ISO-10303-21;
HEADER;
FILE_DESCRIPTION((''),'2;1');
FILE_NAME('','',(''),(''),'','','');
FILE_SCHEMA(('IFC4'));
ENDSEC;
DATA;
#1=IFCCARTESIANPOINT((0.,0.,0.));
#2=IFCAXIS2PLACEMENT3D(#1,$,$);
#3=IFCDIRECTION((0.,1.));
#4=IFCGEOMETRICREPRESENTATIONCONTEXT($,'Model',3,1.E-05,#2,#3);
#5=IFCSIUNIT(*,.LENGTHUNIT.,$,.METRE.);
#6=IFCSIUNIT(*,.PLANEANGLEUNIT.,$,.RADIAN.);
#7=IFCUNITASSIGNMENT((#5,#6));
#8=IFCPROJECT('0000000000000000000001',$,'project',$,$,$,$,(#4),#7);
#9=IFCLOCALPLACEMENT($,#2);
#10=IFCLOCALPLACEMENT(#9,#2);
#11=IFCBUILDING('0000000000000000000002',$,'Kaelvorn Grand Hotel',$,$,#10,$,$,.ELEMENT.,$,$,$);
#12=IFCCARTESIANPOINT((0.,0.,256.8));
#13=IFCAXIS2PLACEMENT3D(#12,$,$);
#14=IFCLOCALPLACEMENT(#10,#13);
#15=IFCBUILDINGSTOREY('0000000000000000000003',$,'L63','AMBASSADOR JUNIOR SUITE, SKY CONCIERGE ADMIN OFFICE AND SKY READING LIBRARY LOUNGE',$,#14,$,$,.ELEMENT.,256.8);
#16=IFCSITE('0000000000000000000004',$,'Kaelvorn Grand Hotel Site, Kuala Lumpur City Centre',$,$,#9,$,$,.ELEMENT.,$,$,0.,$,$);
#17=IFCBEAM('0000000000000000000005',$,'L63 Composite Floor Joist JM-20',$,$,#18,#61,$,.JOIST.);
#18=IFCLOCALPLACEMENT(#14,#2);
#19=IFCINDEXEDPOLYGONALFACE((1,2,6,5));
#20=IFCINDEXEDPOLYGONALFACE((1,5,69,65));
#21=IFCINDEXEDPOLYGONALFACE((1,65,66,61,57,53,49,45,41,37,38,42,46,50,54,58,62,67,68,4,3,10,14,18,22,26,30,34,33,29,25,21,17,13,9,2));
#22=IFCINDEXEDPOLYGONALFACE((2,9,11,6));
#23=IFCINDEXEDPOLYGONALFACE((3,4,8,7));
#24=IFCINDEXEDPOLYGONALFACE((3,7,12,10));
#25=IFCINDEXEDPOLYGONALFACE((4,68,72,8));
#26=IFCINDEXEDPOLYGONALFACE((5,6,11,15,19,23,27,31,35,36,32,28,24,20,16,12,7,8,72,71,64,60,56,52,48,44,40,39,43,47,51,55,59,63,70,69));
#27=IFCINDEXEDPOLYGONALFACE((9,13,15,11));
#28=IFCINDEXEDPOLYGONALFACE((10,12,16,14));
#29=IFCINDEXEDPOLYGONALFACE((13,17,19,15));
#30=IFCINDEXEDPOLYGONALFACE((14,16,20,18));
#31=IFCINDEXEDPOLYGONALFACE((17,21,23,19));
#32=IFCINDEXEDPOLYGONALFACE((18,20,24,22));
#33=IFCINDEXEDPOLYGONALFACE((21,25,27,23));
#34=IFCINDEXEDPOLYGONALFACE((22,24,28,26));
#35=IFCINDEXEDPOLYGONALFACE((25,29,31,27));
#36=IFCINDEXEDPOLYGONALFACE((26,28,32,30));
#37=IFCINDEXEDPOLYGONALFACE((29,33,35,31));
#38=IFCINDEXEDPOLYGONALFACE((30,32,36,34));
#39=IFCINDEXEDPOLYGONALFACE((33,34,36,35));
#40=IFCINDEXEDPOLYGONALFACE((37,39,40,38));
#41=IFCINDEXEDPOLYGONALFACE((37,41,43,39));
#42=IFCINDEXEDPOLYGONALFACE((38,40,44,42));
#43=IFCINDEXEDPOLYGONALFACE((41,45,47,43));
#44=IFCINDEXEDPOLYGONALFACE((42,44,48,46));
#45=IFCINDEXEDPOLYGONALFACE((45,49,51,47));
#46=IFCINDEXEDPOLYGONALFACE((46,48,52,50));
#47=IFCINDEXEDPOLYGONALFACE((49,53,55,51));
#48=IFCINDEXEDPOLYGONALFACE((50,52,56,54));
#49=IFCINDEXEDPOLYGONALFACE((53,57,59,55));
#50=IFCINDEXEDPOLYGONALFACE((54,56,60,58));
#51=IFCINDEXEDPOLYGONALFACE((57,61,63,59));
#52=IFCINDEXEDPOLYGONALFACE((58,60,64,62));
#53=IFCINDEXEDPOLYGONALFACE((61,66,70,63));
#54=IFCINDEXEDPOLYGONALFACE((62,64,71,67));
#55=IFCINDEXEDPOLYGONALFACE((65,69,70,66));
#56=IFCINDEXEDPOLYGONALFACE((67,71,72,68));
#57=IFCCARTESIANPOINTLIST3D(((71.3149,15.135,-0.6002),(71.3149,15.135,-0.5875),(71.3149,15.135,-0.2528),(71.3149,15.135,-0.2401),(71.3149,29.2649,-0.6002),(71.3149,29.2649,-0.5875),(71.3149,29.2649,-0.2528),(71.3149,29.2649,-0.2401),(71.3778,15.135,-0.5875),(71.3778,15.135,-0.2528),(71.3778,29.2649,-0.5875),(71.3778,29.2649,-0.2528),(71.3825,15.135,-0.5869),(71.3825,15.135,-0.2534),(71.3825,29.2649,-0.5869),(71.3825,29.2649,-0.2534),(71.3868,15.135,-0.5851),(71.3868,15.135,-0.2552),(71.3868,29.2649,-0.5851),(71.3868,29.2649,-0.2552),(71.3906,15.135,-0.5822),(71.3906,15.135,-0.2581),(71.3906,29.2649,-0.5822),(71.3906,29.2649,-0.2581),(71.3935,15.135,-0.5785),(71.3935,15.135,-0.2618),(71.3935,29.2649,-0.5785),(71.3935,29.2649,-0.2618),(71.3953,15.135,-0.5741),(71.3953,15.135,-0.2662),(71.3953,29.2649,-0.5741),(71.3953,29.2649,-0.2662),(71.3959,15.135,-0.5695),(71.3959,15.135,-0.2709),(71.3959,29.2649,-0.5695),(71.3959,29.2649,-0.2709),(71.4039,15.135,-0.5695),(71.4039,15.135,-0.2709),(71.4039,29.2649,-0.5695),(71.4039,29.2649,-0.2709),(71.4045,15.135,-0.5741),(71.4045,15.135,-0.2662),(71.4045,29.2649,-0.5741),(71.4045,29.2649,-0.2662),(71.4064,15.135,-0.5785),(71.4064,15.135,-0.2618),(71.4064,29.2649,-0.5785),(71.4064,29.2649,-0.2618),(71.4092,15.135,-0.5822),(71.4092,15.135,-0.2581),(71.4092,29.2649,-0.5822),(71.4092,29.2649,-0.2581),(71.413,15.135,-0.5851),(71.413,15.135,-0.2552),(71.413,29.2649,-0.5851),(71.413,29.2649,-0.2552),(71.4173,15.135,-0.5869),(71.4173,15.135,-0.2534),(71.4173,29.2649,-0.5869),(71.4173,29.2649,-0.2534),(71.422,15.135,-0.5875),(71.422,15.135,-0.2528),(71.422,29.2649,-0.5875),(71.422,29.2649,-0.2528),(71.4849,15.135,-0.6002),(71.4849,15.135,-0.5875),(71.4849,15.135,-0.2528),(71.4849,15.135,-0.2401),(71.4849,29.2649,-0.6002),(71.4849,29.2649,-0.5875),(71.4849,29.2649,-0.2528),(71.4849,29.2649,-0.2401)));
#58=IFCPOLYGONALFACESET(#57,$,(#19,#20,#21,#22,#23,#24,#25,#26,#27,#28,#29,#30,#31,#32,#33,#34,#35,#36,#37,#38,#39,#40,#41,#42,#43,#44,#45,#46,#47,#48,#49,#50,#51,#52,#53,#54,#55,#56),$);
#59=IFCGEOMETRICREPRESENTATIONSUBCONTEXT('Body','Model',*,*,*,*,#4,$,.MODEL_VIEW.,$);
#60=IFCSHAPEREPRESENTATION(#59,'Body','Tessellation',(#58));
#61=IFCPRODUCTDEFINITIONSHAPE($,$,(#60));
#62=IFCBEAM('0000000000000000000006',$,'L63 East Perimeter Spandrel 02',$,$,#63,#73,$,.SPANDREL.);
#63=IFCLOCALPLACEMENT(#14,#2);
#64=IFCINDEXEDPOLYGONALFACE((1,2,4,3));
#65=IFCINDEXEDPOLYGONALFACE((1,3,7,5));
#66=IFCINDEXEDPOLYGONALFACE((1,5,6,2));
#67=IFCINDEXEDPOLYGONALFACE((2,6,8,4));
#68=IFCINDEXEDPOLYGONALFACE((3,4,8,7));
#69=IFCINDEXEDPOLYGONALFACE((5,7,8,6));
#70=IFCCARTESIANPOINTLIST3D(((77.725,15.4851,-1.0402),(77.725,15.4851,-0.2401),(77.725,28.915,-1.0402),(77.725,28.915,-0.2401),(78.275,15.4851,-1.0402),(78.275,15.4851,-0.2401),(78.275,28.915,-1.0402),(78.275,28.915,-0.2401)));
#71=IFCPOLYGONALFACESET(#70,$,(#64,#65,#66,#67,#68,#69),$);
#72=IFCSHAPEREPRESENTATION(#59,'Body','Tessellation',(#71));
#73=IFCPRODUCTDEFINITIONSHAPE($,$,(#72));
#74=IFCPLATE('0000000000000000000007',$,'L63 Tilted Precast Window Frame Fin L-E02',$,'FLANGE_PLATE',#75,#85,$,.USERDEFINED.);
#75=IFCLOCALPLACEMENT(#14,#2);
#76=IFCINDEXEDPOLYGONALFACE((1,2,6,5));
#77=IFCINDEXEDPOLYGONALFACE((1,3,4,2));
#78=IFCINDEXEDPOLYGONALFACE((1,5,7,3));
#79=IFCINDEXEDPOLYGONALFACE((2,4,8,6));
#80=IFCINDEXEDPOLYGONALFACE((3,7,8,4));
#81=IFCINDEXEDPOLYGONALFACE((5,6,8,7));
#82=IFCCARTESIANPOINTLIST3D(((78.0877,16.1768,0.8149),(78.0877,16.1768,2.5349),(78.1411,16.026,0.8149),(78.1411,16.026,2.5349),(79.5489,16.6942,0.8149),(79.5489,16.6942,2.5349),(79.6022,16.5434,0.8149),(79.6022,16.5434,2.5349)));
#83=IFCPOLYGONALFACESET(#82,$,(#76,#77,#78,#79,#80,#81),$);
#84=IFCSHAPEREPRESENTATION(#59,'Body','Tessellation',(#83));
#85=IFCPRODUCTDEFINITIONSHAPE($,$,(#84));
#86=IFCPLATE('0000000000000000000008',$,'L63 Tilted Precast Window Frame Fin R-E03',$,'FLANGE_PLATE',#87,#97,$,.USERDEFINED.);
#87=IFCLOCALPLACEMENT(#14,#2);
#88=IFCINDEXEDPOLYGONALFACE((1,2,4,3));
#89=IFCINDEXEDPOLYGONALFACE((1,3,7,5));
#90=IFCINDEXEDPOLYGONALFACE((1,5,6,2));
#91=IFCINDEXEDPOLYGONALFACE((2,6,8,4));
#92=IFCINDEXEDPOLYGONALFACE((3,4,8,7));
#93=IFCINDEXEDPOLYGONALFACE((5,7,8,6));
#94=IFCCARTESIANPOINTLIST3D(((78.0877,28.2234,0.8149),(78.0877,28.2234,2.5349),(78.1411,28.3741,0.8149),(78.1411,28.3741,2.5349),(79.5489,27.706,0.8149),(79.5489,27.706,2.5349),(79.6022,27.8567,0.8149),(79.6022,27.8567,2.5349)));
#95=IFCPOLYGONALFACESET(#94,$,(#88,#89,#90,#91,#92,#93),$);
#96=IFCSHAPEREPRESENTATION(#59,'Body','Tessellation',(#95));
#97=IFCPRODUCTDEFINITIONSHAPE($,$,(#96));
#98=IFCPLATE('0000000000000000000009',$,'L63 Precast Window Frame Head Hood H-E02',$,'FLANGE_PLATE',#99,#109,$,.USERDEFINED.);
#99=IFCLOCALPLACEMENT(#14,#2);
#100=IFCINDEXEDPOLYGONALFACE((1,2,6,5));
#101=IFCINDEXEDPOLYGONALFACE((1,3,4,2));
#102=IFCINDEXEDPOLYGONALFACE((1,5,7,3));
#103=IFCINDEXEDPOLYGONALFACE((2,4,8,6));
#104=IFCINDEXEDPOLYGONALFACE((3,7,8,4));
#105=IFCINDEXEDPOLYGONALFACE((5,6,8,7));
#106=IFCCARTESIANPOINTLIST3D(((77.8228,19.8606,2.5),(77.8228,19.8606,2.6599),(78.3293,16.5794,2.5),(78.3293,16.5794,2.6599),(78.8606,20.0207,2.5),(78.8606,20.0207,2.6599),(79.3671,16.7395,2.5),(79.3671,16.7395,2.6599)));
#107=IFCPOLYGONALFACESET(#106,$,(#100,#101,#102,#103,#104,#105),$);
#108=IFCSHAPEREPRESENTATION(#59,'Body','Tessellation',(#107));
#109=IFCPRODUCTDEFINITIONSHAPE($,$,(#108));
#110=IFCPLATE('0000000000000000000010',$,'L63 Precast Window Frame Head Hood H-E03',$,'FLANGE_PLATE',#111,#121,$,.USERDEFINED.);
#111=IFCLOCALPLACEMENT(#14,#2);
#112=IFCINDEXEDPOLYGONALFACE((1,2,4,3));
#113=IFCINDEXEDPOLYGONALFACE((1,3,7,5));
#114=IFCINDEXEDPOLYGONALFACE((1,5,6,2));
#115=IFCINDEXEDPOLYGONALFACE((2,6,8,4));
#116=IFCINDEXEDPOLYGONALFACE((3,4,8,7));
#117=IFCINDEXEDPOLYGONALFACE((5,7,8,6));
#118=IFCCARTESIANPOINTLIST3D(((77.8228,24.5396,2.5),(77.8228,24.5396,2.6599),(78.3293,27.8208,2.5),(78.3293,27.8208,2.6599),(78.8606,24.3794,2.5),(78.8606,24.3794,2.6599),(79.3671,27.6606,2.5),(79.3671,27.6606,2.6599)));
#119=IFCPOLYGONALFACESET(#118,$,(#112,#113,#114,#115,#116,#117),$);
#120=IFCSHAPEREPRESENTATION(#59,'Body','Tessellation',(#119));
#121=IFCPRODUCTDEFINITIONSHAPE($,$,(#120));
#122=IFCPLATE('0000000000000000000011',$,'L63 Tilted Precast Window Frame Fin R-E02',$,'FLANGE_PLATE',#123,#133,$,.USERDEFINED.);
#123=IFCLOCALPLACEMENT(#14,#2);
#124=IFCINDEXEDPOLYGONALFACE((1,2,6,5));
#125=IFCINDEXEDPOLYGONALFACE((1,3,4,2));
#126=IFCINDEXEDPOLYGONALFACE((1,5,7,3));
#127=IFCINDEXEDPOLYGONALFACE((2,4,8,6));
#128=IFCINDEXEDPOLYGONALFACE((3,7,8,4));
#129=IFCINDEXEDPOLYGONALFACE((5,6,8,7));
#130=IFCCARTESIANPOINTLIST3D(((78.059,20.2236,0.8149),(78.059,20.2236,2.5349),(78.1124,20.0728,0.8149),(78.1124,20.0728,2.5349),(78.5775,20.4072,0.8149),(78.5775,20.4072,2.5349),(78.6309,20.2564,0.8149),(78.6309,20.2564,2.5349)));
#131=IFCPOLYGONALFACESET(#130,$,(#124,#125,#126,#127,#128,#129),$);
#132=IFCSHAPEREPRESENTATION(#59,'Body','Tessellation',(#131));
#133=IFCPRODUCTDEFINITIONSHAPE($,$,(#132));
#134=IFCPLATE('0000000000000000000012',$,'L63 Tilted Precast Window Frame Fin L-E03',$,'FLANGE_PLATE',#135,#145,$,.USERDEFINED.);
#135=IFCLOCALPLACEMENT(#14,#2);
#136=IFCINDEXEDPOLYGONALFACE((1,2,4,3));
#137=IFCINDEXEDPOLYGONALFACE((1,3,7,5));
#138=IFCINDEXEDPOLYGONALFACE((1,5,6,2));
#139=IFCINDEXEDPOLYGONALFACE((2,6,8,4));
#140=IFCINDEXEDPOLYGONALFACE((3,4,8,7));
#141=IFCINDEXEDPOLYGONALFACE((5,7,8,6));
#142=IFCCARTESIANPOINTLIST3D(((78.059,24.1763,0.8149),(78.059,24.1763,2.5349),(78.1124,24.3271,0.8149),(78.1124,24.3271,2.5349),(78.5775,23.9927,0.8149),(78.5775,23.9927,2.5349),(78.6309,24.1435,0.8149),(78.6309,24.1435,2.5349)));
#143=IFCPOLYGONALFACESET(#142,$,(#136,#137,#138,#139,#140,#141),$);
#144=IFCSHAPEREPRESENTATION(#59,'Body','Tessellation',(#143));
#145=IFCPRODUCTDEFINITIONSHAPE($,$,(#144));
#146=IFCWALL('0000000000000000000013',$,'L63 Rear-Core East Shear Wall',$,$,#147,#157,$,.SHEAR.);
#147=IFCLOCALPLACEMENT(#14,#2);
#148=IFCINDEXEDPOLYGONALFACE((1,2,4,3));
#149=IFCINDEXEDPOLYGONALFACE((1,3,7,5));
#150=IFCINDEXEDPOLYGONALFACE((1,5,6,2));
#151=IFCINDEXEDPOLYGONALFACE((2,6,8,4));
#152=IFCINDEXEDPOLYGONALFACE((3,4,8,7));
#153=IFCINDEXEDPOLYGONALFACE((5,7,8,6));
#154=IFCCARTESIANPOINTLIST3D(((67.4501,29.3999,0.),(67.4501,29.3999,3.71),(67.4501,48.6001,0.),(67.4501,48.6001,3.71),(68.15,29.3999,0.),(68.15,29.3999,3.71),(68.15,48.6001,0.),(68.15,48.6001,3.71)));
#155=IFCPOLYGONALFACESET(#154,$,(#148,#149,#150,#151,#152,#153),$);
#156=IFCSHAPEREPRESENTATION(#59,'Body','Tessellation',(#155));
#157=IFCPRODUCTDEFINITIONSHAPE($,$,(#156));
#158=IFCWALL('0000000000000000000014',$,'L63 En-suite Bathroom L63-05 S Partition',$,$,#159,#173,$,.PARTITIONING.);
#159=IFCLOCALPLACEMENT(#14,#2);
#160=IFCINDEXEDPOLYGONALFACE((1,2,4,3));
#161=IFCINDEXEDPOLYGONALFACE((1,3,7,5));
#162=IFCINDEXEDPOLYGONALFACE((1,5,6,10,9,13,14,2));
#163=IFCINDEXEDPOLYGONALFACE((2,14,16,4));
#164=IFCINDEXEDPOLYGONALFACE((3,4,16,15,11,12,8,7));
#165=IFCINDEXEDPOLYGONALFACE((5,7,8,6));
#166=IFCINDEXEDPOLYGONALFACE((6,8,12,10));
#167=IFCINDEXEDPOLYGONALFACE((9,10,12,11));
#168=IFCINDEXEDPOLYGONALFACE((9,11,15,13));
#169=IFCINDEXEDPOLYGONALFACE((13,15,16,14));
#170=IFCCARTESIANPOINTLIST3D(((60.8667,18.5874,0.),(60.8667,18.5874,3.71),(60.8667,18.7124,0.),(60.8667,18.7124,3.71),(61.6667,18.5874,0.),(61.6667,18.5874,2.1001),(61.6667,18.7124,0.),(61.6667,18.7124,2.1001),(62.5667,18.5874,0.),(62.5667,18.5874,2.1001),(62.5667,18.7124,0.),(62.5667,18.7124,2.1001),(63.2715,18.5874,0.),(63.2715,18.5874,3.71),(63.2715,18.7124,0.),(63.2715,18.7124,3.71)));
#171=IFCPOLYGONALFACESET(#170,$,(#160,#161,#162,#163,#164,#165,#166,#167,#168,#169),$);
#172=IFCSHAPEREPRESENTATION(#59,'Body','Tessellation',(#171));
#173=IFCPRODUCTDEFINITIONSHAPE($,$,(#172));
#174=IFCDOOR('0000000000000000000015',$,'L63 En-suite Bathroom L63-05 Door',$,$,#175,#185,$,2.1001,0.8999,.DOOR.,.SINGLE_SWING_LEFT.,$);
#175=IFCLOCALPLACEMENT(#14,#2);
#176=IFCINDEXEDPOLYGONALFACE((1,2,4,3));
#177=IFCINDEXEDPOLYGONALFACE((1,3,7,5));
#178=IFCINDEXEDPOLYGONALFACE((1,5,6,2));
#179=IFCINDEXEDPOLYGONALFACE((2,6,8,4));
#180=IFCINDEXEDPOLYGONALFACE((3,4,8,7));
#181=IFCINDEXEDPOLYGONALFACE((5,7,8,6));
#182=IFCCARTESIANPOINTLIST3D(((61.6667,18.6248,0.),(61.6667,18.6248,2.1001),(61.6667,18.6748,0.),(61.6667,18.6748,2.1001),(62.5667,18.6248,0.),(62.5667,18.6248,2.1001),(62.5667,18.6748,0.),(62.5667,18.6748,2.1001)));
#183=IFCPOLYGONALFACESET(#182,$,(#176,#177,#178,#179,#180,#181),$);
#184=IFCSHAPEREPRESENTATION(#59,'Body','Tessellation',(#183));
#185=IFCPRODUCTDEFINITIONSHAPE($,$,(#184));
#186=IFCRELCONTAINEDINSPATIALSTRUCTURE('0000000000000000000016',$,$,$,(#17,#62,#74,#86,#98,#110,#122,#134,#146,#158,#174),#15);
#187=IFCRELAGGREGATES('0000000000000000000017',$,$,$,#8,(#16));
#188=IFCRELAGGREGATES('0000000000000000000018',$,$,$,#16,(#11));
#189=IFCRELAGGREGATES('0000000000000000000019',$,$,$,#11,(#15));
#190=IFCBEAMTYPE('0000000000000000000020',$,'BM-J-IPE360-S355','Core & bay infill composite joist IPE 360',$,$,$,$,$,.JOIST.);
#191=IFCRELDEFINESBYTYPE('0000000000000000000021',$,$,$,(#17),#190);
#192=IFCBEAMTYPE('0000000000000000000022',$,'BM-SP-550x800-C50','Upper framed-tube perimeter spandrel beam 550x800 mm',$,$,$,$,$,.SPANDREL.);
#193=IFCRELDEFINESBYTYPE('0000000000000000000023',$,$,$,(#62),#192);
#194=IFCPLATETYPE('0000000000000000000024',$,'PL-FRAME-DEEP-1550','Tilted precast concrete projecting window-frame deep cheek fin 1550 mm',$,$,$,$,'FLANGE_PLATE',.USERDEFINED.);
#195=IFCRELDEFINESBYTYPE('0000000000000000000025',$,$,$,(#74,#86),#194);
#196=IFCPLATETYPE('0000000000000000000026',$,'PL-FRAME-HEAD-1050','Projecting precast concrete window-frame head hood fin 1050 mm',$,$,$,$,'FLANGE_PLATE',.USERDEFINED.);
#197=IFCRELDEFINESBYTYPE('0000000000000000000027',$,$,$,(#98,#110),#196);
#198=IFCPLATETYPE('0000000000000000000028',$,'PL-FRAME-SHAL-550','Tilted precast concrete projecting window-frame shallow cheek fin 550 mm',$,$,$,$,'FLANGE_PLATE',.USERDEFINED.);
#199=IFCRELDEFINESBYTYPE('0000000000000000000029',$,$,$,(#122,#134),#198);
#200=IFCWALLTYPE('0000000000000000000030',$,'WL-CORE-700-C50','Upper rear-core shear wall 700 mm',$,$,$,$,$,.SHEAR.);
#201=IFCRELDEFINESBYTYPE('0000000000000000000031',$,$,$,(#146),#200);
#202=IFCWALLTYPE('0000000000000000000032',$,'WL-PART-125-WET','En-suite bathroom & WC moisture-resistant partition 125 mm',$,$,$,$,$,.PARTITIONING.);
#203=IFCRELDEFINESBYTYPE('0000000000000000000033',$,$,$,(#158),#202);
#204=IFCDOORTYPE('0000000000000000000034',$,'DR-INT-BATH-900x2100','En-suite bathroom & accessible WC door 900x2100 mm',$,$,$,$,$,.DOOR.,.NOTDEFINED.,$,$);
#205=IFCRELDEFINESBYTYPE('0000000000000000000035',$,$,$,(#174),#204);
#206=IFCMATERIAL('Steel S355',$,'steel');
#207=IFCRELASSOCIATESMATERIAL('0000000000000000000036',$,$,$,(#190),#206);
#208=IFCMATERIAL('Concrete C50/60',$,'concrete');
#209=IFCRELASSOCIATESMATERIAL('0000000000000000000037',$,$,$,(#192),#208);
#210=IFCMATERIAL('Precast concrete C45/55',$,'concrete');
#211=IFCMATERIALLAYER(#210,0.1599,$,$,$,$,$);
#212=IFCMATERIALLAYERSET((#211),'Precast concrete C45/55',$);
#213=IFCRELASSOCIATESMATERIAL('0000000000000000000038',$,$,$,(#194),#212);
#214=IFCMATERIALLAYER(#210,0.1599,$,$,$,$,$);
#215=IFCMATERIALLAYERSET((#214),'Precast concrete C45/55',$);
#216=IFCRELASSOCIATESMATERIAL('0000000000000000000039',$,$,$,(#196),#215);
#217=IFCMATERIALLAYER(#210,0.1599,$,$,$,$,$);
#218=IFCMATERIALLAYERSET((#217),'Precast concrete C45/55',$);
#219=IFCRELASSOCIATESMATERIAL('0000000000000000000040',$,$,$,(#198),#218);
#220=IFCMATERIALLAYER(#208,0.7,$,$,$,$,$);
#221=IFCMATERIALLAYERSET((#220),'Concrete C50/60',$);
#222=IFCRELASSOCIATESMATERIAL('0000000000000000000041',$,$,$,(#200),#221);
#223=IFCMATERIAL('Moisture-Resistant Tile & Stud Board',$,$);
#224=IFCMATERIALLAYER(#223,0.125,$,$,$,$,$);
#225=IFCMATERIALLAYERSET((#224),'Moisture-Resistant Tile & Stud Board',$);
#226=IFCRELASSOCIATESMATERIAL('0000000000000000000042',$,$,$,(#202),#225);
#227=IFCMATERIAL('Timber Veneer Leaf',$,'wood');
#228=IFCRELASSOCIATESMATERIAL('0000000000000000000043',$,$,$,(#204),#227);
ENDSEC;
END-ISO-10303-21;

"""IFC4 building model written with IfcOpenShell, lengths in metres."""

from ifc_helpers import new_model, si_unit, direction, frame, frame_2d, origin, origin_2d, place, context, subcontext, project, spatial, rectangle, i_section, extrude, material, layer, layer_set, material_profile, profile_set, type_object, element, fill, save


model = new_model("IFC4")

# Units and contexts
model_context = context("Model", 3, precision=1e-05, world=origin(), true_north=direction((0.0, 1.0)))
body_context = subcontext(model_context, "Body", "Model", "MODEL_VIEW")
ifc_project = project(units=[si_unit("LENGTHUNIT", "METRE"), si_unit("PLANEANGLEUNIT", "RADIAN")], contexts=[model_context])

# Site, building, storey
site_placement = place(None, origin())
site = spatial("IfcSite", under=ifc_project, at=site_placement, Name="Kaelvorn Grand Hotel Site, Kuala Lumpur City Centre", CompositionType="ELEMENT", RefElevation=0.0)
building_placement = place(site_placement, origin())
building = spatial("IfcBuilding", under=site, at=building_placement, Name="Kaelvorn Grand Hotel", CompositionType="ELEMENT")
storey_placement = place(building_placement, frame((0.0, 0.0, 256.8)))
storey = spatial("IfcBuildingStorey", under=building, at=storey_placement, Name="L63", Description="AMBASSADOR JUNIOR SUITE, SKY CONCIERGE ADMIN OFFICE AND SKY READING LIBRARY LOUNGE", CompositionType="ELEMENT", Elevation=256.8)

# Shared definitions
ifc_material_1 = material(Name="Concrete C50/60", Category="concrete")

# Beams
ifc_material_2 = material(Name="Steel S355", Category="steel")
ifc_material_profile_1 = material_profile(ifc_material_2, i_section(OverallWidth=0.1699, OverallDepth=0.3601, WebThickness=0.0081, FlangeThickness=0.0127, FilletRadius=0.0181, at=origin_2d()), Name="IPE 360")
ifc_profile_set_1 = profile_set([ifc_material_profile_1], Name="Steel S355")
beam_type_1 = type_object("IfcBeamType", Name="BM-J-IPE360-S355", Description="Core & bay infill composite joist IPE 360", PredefinedType="JOIST", material=ifc_profile_set_1)
beam_1_placement = place(storey_placement, frame((71.3999, 15.135, -0.4202), z_axis=(0.0, 1.0, 0.0), x_axis=(-1.0, 0.0, 0.0)))
element("IfcBeam", 1, at=beam_1_placement, inside=storey, type_object=beam_type_1, Name="L63 Composite Floor Joist JM-20", PredefinedType="JOIST", context=body_context, shape_type="SweptSolid", body=[
    extrude(i_section(OverallWidth=0.1699, OverallDepth=0.3601, WebThickness=0.0081, FlangeThickness=0.0127, FilletRadius=0.0181, at=origin_2d()), origin(), (0.0, 0.0, 1.0), 14.1299),
])
ifc_material_profile_2 = material_profile(ifc_material_1, rectangle(XDim=0.55, YDim=0.8, at=origin_2d()), Name="RC SPANDREL 550x800")
ifc_profile_set_2 = profile_set([ifc_material_profile_2], Name="Concrete C50/60")
beam_type_2 = type_object("IfcBeamType", Name="BM-SP-550x800-C50", Description="Upper framed-tube perimeter spandrel beam 550x800 mm", PredefinedType="SPANDREL", material=ifc_profile_set_2)
beam_2_placement = place(storey_placement, frame((78.0, 15.4851, -0.6401), z_axis=(0.0, 1.0, 0.0), x_axis=(-1.0, 0.0, 0.0)))
element("IfcBeam", 2, at=beam_2_placement, inside=storey, type_object=beam_type_2, Name="L63 East Perimeter Spandrel 02", PredefinedType="SPANDREL", context=body_context, shape_type="SweptSolid", body=[
    extrude(rectangle(XDim=0.55, YDim=0.8, at=origin_2d()), origin(), (0.0, 0.0, 1.0), 13.4299),
])

# Plates
ifc_material_3 = material(Name="Precast concrete C45/55", Category="concrete")
ifc_layer_1 = layer(ifc_material_3, 0.1599)
ifc_layer_set_1 = layer_set([ifc_layer_1], Name="Precast concrete C45/55")
plate_type_1 = type_object("IfcPlateType", Name="PL-FRAME-DEEP-1550", Description="Tilted precast concrete projecting window-frame deep cheek fin 1550 mm", ElementType="FLANGE_PLATE", PredefinedType="USERDEFINED", material=ifc_layer_set_1)
for number, where, z_axis, x_axis, name in (
    (3, (78.845, 16.3601, 0.8149), (0.0, 0.0, 1.0), (-0.333807, 0.942641, 0.0), "L63 Tilted Precast Window Frame Fin L-E02"),
    (4, (78.845, 28.04, 0.8149), (0.0, 0.0, 1.0), (0.333807, 0.942641, 0.0), "L63 Tilted Precast Window Frame Fin R-E03"),
):
    element("IfcPlate", number, at=place(storey_placement, frame(where, z_axis=z_axis, x_axis=x_axis)), inside=storey, type_object=plate_type_1, Name=name, ObjectType="FLANGE_PLATE", PredefinedType="USERDEFINED", context=body_context, shape_type="SweptSolid", body=[
        extrude(rectangle(XDim=0.1599, YDim=1.55, at=origin_2d()), origin(), (0.0, 0.0, 1.0), 1.72),
    ])
ifc_layer_2 = layer(ifc_material_3, 0.1599)
ifc_layer_set_2 = layer_set([ifc_layer_2], Name="Precast concrete C45/55")
plate_type_2 = type_object("IfcPlateType", Name="PL-FRAME-HEAD-1050", Description="Projecting precast concrete window-frame head hood fin 1050 mm", ElementType="FLANGE_PLATE", PredefinedType="USERDEFINED", material=ifc_layer_set_2)
for number, where, z_axis, x_axis, name in (
    (5, (78.595, 18.3, 2.5), (0.0, 0.0, 1.0), (-0.152555, 0.988295, 0.0), "L63 Precast Window Frame Head Hood H-E02"),
    (6, (78.595, 26.1001, 2.5), (0.0, 0.0, 1.0), (0.152555, 0.988295, 0.0), "L63 Precast Window Frame Head Hood H-E03"),
):
    element("IfcPlate", number, at=place(storey_placement, frame(where, z_axis=z_axis, x_axis=x_axis)), inside=storey, type_object=plate_type_2, Name=name, ObjectType="FLANGE_PLATE", PredefinedType="USERDEFINED", context=body_context, shape_type="SweptSolid", body=[
        extrude(rectangle(XDim=3.3201, YDim=1.05, at=origin_2d()), origin(), (0.0, 0.0, 1.0), 0.1599),
    ])
ifc_layer_3 = layer(ifc_material_3, 0.1599)
ifc_layer_set_3 = layer_set([ifc_layer_3], Name="Precast concrete C45/55")
plate_type_3 = type_object("IfcPlateType", Name="PL-FRAME-SHAL-550", Description="Tilted precast concrete projecting window-frame shallow cheek fin 550 mm", ElementType="FLANGE_PLATE", PredefinedType="USERDEFINED", material=ifc_layer_set_3)
for number, where, z_axis, x_axis, name in (
    (7, (78.345, 20.24, 0.8149), (0.0, 0.0, 1.0), (-0.333807, 0.942641, 0.0), "L63 Tilted Precast Window Frame Fin R-E02"),
    (8, (78.345, 24.1599, 0.8149), (0.0, 0.0, 1.0), (0.333807, 0.942641, 0.0), "L63 Tilted Precast Window Frame Fin L-E03"),
):
    element("IfcPlate", number, at=place(storey_placement, frame(where, z_axis=z_axis, x_axis=x_axis)), inside=storey, type_object=plate_type_3, Name=name, ObjectType="FLANGE_PLATE", PredefinedType="USERDEFINED", context=body_context, shape_type="SweptSolid", body=[
        extrude(rectangle(XDim=0.1599, YDim=0.55, at=origin_2d()), origin(), (0.0, 0.0, 1.0), 1.72),
    ])

# Wall
ifc_layer_4 = layer(ifc_material_1, 0.7)
ifc_layer_set_4 = layer_set([ifc_layer_4], Name="Concrete C50/60")
wall_type_1 = type_object("IfcWallType", Name="WL-CORE-700-C50", Description="Upper rear-core shear wall 700 mm", PredefinedType="SHEAR", material=ifc_layer_set_4)
wall_1_placement = place(storey_placement, frame((67.8, 29.3999, 0.0), z_axis=(0.0, 0.0, 1.0), x_axis=(0.0, 1.0, 0.0)))
element("IfcWall", 9, at=wall_1_placement, inside=storey, type_object=wall_type_1, Name="L63 Rear-Core East Shear Wall", PredefinedType="SHEAR", context=body_context, shape_type="SweptSolid", body=[
    extrude(rectangle(XDim=19.2002, YDim=0.7, at=frame_2d((9.6001, 0.0))), origin(), (0.0, 0.0, 1.0), 3.71),
])

# Wall, opening, door
ifc_material_4 = material(Name="Moisture-Resistant Tile & Stud Board")
ifc_layer_5 = layer(ifc_material_4, 0.125)
ifc_layer_set_5 = layer_set([ifc_layer_5], Name="Moisture-Resistant Tile & Stud Board")
wall_type_2 = type_object("IfcWallType", Name="WL-PART-125-WET", Description="En-suite bathroom & WC moisture-resistant partition 125 mm", PredefinedType="PARTITIONING", material=ifc_layer_set_5)
wall_2_placement = place(storey_placement, frame((60.8667, 18.6499, 0.0), z_axis=(0.0, 0.0, 1.0), x_axis=(1.0, 0.0, 0.0)))
wall_2 = element("IfcWall", 10, at=wall_2_placement, inside=storey, type_object=wall_type_2, Name="L63 En-suite Bathroom L63-05 S Partition", PredefinedType="PARTITIONING", context=body_context, shape_type="SweptSolid", body=[
    extrude(rectangle(XDim=2.4048, YDim=0.125, at=frame_2d((1.2024, 0.0))), origin(), (0.0, 0.0, 1.0), 3.71),
])
opening_1_placement = place(wall_2_placement, frame((0.8, 0.0, 0.0)))
opening_1 = element("IfcOpeningElement", 11, at=opening_1_placement, cuts=wall_2, PredefinedType="OPENING", context=body_context, shape_type="SweptSolid", body=[
    extrude(rectangle(XDim=0.8999, YDim=2.1001, at=frame_2d((0.45, 1.05))), frame((0.0, 0.0725, 0.0), z_axis=(0.0, -1.0, 0.0), x_axis=(1.0, 0.0, 0.0)), (0.0, 0.0, 1.0), 0.145),
])
ifc_material_5 = material(Name="Timber Veneer Leaf", Category="wood")
door_type_1 = type_object("IfcDoorType", Name="DR-INT-BATH-900x2100", Description="En-suite bathroom & accessible WC door 900x2100 mm", OperationType="NOTDEFINED", PredefinedType="DOOR", material=ifc_material_5)
door_1_placement = place(opening_1_placement, origin())
door_1 = element("IfcDoor", 12, at=door_1_placement, inside=storey, type_object=door_type_1, Name="L63 En-suite Bathroom L63-05 Door", OperationType="SINGLE_SWING_LEFT", OverallHeight=2.1001, OverallWidth=0.8999, PredefinedType="DOOR", context=body_context, shape_type="SweptSolid", body=[
    extrude(rectangle(XDim=0.8999, YDim=2.1001, at=frame_2d((0.45, 1.05))), frame((0.0, 0.0249, 0.0), z_axis=(0.0, -1.0, 0.0), x_axis=(1.0, 0.0, 0.0)), (0.0, 0.0, 1.0), 0.05),
])
fill(opening_1, door_1)

save(model, "model.ifc")
